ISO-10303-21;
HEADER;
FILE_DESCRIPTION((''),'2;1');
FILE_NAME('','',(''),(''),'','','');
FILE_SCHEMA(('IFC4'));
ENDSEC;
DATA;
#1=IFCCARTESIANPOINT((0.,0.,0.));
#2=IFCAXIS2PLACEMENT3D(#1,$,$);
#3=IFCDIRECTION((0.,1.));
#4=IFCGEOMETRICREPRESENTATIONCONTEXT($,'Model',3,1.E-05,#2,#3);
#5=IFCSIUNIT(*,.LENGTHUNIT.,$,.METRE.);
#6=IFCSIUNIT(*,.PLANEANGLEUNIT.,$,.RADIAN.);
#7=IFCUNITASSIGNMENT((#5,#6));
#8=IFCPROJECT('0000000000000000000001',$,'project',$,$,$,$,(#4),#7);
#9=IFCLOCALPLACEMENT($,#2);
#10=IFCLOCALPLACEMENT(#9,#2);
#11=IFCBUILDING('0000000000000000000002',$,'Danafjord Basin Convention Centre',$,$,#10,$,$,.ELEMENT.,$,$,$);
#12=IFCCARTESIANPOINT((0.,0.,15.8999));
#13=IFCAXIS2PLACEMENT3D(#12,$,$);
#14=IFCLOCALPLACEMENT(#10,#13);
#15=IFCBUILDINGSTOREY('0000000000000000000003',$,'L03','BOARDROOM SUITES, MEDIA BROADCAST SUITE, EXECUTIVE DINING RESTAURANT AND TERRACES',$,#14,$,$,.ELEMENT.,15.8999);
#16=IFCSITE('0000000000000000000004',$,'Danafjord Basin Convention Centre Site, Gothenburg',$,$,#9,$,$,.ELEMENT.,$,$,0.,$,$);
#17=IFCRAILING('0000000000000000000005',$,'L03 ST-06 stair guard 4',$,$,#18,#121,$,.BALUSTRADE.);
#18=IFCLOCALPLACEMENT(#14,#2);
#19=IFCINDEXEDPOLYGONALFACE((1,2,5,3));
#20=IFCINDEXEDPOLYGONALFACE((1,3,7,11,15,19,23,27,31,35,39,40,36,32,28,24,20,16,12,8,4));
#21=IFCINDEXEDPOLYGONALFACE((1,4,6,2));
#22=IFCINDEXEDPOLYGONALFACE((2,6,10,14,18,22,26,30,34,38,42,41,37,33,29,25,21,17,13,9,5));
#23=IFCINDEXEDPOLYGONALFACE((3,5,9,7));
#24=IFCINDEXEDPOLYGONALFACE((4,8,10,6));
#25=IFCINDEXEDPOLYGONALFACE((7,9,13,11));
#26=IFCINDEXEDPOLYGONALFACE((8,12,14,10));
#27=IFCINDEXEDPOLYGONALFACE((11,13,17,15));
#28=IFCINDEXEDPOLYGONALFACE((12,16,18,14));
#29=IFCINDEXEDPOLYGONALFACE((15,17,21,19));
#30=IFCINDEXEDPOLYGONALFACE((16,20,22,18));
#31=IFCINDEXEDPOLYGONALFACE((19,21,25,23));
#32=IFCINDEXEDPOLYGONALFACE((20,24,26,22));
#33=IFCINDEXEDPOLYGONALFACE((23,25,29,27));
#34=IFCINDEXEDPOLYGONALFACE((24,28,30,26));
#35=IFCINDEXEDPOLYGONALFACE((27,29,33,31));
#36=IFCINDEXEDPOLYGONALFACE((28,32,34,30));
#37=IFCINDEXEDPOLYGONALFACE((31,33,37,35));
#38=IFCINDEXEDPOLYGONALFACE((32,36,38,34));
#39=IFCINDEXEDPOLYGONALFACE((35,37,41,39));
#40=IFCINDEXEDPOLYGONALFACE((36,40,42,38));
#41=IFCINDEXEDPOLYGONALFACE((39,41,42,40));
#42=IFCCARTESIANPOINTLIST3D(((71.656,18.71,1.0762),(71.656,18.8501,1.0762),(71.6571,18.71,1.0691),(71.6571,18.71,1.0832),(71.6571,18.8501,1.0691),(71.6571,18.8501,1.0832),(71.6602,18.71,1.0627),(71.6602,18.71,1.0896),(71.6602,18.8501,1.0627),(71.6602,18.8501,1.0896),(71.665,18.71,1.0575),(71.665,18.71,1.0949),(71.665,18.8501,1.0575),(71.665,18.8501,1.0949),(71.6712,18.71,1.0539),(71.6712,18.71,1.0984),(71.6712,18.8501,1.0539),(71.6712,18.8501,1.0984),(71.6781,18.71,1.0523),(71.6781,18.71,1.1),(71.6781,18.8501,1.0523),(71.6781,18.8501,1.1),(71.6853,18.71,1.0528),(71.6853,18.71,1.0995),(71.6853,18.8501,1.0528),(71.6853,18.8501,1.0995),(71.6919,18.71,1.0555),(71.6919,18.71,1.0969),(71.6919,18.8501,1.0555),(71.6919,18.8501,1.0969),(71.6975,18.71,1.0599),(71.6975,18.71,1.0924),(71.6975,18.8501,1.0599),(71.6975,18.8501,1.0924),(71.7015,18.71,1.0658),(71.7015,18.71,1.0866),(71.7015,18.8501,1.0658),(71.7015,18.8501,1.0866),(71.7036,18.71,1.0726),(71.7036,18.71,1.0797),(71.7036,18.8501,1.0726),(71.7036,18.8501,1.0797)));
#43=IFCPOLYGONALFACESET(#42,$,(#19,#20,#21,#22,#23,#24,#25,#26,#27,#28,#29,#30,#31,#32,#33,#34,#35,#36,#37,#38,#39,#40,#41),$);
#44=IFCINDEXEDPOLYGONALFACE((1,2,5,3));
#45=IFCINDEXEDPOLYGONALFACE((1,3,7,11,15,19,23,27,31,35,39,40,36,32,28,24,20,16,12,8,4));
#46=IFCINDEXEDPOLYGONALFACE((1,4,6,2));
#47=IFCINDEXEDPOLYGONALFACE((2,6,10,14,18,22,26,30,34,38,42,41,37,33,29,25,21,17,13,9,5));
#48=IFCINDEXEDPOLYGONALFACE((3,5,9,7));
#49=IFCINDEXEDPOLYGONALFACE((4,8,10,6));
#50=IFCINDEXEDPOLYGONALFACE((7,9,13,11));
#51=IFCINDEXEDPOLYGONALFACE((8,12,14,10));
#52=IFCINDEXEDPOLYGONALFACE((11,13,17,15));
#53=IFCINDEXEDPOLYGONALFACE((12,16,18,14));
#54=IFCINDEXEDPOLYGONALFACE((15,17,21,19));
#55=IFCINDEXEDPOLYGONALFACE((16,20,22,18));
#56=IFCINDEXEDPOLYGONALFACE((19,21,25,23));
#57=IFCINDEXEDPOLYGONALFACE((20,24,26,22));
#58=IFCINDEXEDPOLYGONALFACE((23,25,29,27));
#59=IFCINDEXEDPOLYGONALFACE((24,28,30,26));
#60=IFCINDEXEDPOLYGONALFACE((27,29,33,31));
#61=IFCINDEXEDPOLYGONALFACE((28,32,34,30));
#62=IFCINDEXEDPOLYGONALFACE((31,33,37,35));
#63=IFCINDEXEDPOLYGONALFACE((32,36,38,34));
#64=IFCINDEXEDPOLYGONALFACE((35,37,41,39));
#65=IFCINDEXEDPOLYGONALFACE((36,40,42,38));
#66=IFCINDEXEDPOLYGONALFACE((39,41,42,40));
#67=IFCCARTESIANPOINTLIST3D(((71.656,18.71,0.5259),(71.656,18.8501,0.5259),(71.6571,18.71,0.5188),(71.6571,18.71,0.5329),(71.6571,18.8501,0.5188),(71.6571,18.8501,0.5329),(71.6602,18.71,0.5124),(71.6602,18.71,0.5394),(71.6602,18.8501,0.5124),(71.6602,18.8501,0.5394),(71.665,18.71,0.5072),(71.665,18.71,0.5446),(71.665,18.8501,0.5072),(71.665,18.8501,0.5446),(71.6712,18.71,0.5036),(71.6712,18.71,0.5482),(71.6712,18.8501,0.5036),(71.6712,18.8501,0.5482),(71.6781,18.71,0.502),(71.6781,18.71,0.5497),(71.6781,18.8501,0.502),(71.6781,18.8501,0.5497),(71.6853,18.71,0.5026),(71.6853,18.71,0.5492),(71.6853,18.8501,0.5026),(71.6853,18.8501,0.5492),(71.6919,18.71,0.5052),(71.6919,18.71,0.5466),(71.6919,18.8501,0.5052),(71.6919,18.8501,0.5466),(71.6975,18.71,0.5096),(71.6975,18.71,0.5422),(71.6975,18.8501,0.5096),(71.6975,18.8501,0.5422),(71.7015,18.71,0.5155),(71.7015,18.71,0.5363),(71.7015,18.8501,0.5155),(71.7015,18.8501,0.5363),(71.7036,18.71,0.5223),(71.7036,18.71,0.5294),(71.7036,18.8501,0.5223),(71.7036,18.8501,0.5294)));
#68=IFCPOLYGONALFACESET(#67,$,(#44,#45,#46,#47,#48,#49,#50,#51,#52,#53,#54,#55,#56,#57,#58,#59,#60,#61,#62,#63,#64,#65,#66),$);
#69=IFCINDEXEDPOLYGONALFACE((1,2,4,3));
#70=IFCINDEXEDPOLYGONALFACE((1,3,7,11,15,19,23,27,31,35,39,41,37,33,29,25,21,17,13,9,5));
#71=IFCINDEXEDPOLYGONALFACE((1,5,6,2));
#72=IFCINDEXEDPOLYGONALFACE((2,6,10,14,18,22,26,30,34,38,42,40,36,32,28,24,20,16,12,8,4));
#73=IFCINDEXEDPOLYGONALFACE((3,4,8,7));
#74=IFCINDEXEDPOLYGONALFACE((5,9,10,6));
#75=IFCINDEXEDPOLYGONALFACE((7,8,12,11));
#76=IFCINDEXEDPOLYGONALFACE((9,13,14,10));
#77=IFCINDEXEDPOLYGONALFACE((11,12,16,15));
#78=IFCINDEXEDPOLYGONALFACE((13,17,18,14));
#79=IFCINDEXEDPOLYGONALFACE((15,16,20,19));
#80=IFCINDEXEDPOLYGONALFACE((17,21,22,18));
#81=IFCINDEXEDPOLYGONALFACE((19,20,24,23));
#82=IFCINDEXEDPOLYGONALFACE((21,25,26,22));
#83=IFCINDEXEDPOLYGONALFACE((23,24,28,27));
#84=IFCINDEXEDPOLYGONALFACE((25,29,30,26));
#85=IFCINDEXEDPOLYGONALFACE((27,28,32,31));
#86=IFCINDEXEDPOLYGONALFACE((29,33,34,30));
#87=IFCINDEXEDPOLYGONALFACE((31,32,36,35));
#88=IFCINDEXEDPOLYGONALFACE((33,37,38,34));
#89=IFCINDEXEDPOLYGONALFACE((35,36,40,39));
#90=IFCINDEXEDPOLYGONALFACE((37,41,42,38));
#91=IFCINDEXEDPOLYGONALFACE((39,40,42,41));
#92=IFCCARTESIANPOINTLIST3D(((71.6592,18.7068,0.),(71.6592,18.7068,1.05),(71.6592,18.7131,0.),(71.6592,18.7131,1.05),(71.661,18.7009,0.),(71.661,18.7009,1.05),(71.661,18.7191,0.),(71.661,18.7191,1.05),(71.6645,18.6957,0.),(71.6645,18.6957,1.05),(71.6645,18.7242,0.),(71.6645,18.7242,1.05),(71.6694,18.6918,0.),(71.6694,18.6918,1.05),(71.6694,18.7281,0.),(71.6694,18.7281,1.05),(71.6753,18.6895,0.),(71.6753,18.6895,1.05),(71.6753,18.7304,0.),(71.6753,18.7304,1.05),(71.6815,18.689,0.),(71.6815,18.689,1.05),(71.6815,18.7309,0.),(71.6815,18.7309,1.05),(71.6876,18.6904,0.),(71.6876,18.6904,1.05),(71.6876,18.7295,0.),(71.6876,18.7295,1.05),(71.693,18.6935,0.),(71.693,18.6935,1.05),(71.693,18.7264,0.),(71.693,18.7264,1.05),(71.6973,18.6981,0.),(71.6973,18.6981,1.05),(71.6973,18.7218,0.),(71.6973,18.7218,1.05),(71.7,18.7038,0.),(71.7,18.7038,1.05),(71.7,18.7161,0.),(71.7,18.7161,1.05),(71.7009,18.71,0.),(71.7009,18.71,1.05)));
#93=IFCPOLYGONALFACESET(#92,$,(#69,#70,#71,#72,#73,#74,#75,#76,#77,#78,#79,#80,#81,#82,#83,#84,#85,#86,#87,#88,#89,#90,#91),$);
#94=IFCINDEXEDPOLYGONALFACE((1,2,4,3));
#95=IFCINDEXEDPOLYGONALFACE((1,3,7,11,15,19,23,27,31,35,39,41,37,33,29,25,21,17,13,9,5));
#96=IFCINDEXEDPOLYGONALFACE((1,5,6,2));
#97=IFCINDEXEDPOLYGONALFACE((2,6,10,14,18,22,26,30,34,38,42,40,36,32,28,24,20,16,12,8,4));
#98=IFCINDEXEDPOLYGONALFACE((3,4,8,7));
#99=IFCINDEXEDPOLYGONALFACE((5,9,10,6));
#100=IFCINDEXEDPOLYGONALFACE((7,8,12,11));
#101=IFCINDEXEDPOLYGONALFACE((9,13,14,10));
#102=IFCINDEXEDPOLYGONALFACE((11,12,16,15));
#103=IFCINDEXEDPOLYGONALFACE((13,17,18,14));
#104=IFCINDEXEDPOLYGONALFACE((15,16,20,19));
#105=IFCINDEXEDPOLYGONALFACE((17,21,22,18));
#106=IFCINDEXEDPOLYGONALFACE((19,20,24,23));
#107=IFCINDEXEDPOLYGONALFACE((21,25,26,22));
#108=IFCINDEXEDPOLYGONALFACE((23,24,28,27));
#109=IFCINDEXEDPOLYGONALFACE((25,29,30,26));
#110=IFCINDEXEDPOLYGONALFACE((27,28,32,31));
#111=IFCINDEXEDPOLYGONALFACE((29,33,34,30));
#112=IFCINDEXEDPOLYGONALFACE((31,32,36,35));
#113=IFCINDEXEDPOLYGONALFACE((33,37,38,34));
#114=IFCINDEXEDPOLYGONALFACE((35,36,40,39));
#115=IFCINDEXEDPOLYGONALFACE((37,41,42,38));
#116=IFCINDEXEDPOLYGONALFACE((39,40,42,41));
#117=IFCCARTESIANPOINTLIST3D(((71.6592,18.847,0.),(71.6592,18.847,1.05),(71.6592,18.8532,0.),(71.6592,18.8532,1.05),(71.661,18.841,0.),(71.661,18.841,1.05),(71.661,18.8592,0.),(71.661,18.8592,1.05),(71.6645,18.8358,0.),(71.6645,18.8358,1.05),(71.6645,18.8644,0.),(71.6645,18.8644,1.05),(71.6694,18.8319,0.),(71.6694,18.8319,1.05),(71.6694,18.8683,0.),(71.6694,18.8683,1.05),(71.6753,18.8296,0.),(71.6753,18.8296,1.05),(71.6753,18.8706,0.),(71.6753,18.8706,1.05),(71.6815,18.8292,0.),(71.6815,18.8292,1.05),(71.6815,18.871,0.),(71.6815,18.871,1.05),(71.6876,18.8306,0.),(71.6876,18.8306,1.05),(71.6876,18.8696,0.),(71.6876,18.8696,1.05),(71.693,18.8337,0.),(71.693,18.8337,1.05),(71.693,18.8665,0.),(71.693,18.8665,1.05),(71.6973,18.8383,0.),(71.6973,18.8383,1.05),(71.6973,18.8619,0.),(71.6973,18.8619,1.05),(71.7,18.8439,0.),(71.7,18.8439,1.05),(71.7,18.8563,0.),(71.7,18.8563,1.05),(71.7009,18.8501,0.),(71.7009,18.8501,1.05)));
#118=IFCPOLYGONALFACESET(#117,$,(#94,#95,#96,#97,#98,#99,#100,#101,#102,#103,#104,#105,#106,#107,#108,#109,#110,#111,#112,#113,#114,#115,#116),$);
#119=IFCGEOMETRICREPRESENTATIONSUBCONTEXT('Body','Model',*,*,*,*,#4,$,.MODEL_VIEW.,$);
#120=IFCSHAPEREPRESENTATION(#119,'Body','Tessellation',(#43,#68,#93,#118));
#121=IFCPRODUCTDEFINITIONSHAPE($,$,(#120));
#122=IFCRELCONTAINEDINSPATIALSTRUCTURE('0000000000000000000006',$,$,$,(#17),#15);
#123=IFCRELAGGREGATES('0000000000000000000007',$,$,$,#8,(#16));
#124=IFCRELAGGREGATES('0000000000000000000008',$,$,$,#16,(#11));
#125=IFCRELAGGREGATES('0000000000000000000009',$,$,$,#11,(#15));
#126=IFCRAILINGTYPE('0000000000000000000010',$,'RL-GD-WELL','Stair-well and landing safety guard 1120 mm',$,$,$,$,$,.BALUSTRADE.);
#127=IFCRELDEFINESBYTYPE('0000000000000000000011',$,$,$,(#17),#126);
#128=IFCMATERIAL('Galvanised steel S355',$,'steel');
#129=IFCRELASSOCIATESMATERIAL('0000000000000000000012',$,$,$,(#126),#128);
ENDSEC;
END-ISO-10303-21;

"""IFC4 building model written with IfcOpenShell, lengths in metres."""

from ifc_helpers import new_model, si_unit, direction, frame, origin, origin_2d, place, context, subcontext, project, spatial, circle, extrude, material, type_object, element, save


model = new_model("IFC4")

# Units and contexts
model_context = context("Model", 3, precision=1e-05, world=origin(), true_north=direction((0.0, 1.0)))
body_context = subcontext(model_context, "Body", "Model", "MODEL_VIEW")
ifc_project = project(units=[si_unit("LENGTHUNIT", "METRE"), si_unit("PLANEANGLEUNIT", "RADIAN")], contexts=[model_context])

# Site, building, storey
site_placement = place(None, origin())
site = spatial("IfcSite", under=ifc_project, at=site_placement, Name="Danafjord Basin Convention Centre Site, Gothenburg", CompositionType="ELEMENT", RefElevation=0.0)
building_placement = place(site_placement, origin())
building = spatial("IfcBuilding", under=site, at=building_placement, Name="Danafjord Basin Convention Centre", CompositionType="ELEMENT")
storey_placement = place(building_placement, frame((0.0, 0.0, 15.8999)))
storey = spatial("IfcBuildingStorey", under=building, at=storey_placement, Name="L03", Description="BOARDROOM SUITES, MEDIA BROADCAST SUITE, EXECUTIVE DINING RESTAURANT AND TERRACES", CompositionType="ELEMENT", Elevation=15.8999)

# Railing
ifc_material_1 = material(Name="Galvanised steel S355", Category="steel")
railing_type_1 = type_object("IfcRailingType", Name="RL-GD-WELL", Description="Stair-well and landing safety guard 1120 mm", PredefinedType="BALUSTRADE", material=ifc_material_1)
railing_1_placement = place(storey_placement, frame((71.6799, 18.71, 0.0)))
element("IfcRailing", 1, at=railing_1_placement, inside=storey, type_object=railing_type_1, Name="L03 ST-06 stair guard 4", PredefinedType="BALUSTRADE", context=body_context, shape_type="SweptSolid", body=[
    extrude(circle(Radius=0.0239, at=origin_2d()), frame((0.0, 0.0, 1.0762), z_axis=(0.0, 1.0, 0.0), x_axis=(-1.0, 0.0, 0.0)), (0.0, 0.0, 1.0), 0.1401),
    extrude(circle(Radius=0.0239, at=origin_2d()), frame((0.0, 0.0, 0.5259), z_axis=(0.0, 1.0, 0.0), x_axis=(-1.0, 0.0, 0.0)), (0.0, 0.0, 1.0), 0.1401),
    extrude(circle(Radius=0.021, at=origin_2d()), origin(), (0.0, 0.0, 1.0), 1.05),
    extrude(circle(Radius=0.021, at=origin_2d()), frame((0.0, 0.1401, 0.0)), (0.0, 0.0, 1.0), 1.05),
])

save(model, "model.ifc")
